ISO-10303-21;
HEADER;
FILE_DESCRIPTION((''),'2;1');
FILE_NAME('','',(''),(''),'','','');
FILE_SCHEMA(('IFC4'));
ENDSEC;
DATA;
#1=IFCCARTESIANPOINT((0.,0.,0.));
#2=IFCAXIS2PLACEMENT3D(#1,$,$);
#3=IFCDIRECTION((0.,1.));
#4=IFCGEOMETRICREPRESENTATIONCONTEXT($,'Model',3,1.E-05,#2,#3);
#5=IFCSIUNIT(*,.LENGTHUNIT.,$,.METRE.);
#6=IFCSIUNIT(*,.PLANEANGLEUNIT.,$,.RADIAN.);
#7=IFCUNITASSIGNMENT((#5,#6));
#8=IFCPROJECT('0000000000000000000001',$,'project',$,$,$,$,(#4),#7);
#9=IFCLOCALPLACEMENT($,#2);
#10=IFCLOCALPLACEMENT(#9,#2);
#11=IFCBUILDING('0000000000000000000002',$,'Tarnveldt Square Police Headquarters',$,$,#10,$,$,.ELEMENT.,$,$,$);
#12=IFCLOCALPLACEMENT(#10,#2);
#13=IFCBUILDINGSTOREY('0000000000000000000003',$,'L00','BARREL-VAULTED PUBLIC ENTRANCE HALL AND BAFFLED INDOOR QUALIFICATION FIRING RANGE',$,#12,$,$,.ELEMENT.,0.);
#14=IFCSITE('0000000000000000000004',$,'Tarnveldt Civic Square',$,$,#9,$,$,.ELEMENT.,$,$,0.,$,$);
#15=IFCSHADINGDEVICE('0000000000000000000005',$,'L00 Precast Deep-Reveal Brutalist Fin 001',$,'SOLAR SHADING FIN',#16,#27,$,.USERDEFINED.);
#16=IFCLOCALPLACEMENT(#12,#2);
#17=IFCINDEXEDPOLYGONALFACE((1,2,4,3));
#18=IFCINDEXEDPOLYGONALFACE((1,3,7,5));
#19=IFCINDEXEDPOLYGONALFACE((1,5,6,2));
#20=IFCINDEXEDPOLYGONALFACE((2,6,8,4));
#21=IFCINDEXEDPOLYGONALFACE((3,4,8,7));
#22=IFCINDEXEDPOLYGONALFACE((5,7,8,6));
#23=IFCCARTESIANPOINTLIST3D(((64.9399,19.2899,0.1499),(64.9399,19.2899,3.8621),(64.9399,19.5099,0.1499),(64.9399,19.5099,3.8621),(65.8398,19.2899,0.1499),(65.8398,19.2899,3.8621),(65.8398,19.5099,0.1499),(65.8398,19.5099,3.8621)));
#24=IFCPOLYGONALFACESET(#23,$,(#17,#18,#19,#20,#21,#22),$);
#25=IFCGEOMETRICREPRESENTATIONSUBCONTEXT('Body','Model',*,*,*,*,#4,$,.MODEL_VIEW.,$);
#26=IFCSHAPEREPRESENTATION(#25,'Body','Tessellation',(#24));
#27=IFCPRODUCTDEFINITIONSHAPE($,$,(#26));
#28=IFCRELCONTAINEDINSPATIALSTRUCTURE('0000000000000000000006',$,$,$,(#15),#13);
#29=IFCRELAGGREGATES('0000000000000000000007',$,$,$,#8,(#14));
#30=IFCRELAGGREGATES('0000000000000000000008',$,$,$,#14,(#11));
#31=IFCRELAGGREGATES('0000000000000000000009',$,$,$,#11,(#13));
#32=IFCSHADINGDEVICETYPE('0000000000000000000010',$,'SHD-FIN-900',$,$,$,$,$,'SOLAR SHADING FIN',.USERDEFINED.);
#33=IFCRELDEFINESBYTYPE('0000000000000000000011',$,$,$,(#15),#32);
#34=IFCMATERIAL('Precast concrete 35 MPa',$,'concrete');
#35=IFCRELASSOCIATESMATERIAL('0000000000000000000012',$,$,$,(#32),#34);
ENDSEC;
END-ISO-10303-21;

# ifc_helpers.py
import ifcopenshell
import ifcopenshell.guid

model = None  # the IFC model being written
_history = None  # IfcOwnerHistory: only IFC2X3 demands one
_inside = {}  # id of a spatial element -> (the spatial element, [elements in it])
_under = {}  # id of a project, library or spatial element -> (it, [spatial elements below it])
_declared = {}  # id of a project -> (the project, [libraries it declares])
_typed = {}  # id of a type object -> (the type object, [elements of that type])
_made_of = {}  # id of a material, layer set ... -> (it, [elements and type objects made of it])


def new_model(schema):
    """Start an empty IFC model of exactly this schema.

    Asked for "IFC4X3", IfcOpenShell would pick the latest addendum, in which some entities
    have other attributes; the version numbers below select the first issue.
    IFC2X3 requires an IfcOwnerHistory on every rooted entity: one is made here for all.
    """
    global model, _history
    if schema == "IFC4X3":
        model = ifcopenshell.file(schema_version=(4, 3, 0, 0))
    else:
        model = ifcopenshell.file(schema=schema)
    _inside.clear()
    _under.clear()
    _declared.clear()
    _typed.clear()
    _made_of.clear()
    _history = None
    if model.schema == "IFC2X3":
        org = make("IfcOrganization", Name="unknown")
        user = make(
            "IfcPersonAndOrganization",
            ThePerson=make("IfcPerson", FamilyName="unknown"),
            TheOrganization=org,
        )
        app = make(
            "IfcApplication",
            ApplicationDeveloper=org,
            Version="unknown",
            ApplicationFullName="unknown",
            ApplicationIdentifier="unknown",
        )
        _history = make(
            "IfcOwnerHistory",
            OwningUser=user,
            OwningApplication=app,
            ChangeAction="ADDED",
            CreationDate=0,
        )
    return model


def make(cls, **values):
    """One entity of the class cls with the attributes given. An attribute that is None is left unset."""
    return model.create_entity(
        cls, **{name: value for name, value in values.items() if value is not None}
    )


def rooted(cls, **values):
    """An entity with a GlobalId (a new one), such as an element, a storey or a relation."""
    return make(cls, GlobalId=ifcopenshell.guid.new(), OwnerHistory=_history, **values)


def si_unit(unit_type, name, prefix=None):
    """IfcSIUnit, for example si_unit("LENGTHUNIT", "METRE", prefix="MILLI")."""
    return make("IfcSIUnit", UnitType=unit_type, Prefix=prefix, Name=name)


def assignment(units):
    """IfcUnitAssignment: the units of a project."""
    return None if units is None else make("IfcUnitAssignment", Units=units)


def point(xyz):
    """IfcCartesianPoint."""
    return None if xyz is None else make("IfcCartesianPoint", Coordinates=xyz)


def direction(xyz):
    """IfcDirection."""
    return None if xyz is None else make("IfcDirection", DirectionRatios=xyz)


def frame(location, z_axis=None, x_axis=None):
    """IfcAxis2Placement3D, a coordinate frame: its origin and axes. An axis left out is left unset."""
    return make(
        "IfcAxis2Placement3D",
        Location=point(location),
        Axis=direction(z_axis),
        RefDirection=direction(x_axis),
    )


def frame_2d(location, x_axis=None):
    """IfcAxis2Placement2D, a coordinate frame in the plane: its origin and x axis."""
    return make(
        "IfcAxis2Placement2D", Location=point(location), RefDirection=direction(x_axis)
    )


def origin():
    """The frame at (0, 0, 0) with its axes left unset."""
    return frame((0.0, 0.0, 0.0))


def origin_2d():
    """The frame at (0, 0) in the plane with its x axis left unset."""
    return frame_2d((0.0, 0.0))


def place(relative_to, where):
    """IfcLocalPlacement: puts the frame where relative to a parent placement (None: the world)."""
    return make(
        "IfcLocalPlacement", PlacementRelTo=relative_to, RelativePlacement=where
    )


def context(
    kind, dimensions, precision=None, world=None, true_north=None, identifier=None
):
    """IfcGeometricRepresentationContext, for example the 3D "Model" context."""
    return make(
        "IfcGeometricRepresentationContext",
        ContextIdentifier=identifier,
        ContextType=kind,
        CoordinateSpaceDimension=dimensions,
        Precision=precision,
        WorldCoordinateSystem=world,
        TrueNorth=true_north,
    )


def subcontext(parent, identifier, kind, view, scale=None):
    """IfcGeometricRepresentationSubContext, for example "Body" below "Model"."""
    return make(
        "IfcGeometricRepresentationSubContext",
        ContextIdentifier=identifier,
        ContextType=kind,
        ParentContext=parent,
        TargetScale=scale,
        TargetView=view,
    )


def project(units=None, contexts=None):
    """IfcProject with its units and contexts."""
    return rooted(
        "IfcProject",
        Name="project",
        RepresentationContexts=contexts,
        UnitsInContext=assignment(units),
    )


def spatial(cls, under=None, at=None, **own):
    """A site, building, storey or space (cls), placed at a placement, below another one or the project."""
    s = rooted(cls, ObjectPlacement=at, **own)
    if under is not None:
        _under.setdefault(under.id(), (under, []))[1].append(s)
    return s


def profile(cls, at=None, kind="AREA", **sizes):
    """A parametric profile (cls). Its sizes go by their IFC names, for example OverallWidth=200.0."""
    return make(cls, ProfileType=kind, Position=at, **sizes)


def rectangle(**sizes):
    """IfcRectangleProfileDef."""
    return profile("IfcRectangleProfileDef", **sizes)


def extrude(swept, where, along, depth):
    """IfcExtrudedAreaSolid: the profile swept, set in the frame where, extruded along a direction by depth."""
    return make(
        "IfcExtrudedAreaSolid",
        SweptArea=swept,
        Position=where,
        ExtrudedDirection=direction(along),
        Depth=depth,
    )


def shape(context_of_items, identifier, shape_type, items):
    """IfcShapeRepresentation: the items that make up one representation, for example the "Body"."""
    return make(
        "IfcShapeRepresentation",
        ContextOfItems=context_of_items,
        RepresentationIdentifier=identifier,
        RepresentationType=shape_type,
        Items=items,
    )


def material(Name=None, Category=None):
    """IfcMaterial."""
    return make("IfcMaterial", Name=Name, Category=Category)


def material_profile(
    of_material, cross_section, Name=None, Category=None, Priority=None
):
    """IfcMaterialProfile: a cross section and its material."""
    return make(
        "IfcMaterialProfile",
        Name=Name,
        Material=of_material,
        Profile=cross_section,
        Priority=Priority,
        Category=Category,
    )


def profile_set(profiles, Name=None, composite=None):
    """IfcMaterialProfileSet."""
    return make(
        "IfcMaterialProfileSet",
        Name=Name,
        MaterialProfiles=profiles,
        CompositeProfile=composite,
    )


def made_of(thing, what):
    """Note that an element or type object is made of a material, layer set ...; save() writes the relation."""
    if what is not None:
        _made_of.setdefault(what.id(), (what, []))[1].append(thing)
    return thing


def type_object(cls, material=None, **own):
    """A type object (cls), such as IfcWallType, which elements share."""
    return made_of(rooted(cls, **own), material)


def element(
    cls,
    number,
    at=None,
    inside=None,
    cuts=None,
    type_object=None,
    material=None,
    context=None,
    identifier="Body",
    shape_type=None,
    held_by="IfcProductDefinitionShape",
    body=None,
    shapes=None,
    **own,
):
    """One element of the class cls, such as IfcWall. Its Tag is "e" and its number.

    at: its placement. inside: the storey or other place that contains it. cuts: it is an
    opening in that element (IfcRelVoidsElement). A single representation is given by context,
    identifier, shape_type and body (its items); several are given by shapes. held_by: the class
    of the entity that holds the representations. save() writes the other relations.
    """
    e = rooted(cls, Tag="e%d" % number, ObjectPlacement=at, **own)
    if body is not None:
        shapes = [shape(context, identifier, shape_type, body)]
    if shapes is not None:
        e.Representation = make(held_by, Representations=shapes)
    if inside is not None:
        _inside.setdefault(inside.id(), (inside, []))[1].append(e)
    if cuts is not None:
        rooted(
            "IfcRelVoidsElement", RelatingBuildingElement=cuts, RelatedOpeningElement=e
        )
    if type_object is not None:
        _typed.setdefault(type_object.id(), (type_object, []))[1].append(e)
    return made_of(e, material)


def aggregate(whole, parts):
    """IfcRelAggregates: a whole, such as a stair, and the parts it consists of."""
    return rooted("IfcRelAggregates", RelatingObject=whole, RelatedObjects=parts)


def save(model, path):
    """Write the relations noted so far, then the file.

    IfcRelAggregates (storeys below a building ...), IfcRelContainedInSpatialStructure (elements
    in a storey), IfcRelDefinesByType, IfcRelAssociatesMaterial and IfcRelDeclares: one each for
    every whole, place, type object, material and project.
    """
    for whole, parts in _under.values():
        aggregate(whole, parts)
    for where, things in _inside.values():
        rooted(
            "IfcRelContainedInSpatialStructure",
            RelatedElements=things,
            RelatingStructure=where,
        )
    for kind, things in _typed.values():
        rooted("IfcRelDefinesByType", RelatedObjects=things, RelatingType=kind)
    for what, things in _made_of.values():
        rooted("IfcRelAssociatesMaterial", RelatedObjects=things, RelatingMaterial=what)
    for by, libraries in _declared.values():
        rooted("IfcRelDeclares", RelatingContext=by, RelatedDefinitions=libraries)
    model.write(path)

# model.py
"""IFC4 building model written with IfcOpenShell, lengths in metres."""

from ifc_helpers import new_model, si_unit, direction, frame, origin, origin_2d, place, context, subcontext, project, spatial, rectangle, extrude, material, material_profile, profile_set, type_object, element, save


model = new_model("IFC4")

# Units and contexts
model_context = context("Model", 3, precision=1e-05, world=origin(), true_north=direction((0.0, 1.0)))
body_context = subcontext(model_context, "Body", "Model", "MODEL_VIEW")
ifc_project = project(units=[si_unit("LENGTHUNIT", "METRE"), si_unit("PLANEANGLEUNIT", "RADIAN")], contexts=[model_context])

# Site, building, storey
site_placement = place(None, origin())
site = spatial("IfcSite", under=ifc_project, at=site_placement, Name="Tarnveldt Civic Square", CompositionType="ELEMENT", RefElevation=0.0)
building_placement = place(site_placement, origin())
building = spatial("IfcBuilding", under=site, at=building_placement, Name="Tarnveldt Square Police Headquarters", CompositionType="ELEMENT")
storey_placement = place(building_placement, origin())
storey = spatial("IfcBuildingStorey", under=building, at=storey_placement, Name="L00", Description="BARREL-VAULTED PUBLIC ENTRANCE HALL AND BAFFLED INDOOR QUALIFICATION FIRING RANGE", CompositionType="ELEMENT", Elevation=0.0)

# Shading device
ifc_material_1 = material(Name="Precast concrete 35 MPa", Category="concrete")
ifc_material_profile_1 = material_profile(ifc_material_1, rectangle(XDim=0.22, YDim=0.8999, at=origin_2d()), Name="PC-FIN220x900")
ifc_profile_set_1 = profile_set([ifc_material_profile_1], Name="Precast concrete 35 MPa")
shading_device_type = type_object("IfcShadingDeviceType", Name="SHD-FIN-900", ElementType="SOLAR SHADING FIN", PredefinedType="USERDEFINED", material=ifc_profile_set_1)
shading_device_placement = place(storey_placement, frame((65.3899, 19.3999, 0.1499), z_axis=(0.0, 0.0, 1.0), x_axis=(0.0, 1.0, 0.0)))
element("IfcShadingDevice", 1, at=shading_device_placement, inside=storey, type_object=shading_device_type, Name="L00 Precast Deep-Reveal Brutalist Fin 001", ObjectType="SOLAR SHADING FIN", PredefinedType="USERDEFINED", context=body_context, shape_type="SweptSolid", body=[
    extrude(rectangle(XDim=0.22, YDim=0.8999, at=origin_2d()), origin(), (0.0, 0.0, 1.0), 3.7122),
])

save(model, "model.ifc")
